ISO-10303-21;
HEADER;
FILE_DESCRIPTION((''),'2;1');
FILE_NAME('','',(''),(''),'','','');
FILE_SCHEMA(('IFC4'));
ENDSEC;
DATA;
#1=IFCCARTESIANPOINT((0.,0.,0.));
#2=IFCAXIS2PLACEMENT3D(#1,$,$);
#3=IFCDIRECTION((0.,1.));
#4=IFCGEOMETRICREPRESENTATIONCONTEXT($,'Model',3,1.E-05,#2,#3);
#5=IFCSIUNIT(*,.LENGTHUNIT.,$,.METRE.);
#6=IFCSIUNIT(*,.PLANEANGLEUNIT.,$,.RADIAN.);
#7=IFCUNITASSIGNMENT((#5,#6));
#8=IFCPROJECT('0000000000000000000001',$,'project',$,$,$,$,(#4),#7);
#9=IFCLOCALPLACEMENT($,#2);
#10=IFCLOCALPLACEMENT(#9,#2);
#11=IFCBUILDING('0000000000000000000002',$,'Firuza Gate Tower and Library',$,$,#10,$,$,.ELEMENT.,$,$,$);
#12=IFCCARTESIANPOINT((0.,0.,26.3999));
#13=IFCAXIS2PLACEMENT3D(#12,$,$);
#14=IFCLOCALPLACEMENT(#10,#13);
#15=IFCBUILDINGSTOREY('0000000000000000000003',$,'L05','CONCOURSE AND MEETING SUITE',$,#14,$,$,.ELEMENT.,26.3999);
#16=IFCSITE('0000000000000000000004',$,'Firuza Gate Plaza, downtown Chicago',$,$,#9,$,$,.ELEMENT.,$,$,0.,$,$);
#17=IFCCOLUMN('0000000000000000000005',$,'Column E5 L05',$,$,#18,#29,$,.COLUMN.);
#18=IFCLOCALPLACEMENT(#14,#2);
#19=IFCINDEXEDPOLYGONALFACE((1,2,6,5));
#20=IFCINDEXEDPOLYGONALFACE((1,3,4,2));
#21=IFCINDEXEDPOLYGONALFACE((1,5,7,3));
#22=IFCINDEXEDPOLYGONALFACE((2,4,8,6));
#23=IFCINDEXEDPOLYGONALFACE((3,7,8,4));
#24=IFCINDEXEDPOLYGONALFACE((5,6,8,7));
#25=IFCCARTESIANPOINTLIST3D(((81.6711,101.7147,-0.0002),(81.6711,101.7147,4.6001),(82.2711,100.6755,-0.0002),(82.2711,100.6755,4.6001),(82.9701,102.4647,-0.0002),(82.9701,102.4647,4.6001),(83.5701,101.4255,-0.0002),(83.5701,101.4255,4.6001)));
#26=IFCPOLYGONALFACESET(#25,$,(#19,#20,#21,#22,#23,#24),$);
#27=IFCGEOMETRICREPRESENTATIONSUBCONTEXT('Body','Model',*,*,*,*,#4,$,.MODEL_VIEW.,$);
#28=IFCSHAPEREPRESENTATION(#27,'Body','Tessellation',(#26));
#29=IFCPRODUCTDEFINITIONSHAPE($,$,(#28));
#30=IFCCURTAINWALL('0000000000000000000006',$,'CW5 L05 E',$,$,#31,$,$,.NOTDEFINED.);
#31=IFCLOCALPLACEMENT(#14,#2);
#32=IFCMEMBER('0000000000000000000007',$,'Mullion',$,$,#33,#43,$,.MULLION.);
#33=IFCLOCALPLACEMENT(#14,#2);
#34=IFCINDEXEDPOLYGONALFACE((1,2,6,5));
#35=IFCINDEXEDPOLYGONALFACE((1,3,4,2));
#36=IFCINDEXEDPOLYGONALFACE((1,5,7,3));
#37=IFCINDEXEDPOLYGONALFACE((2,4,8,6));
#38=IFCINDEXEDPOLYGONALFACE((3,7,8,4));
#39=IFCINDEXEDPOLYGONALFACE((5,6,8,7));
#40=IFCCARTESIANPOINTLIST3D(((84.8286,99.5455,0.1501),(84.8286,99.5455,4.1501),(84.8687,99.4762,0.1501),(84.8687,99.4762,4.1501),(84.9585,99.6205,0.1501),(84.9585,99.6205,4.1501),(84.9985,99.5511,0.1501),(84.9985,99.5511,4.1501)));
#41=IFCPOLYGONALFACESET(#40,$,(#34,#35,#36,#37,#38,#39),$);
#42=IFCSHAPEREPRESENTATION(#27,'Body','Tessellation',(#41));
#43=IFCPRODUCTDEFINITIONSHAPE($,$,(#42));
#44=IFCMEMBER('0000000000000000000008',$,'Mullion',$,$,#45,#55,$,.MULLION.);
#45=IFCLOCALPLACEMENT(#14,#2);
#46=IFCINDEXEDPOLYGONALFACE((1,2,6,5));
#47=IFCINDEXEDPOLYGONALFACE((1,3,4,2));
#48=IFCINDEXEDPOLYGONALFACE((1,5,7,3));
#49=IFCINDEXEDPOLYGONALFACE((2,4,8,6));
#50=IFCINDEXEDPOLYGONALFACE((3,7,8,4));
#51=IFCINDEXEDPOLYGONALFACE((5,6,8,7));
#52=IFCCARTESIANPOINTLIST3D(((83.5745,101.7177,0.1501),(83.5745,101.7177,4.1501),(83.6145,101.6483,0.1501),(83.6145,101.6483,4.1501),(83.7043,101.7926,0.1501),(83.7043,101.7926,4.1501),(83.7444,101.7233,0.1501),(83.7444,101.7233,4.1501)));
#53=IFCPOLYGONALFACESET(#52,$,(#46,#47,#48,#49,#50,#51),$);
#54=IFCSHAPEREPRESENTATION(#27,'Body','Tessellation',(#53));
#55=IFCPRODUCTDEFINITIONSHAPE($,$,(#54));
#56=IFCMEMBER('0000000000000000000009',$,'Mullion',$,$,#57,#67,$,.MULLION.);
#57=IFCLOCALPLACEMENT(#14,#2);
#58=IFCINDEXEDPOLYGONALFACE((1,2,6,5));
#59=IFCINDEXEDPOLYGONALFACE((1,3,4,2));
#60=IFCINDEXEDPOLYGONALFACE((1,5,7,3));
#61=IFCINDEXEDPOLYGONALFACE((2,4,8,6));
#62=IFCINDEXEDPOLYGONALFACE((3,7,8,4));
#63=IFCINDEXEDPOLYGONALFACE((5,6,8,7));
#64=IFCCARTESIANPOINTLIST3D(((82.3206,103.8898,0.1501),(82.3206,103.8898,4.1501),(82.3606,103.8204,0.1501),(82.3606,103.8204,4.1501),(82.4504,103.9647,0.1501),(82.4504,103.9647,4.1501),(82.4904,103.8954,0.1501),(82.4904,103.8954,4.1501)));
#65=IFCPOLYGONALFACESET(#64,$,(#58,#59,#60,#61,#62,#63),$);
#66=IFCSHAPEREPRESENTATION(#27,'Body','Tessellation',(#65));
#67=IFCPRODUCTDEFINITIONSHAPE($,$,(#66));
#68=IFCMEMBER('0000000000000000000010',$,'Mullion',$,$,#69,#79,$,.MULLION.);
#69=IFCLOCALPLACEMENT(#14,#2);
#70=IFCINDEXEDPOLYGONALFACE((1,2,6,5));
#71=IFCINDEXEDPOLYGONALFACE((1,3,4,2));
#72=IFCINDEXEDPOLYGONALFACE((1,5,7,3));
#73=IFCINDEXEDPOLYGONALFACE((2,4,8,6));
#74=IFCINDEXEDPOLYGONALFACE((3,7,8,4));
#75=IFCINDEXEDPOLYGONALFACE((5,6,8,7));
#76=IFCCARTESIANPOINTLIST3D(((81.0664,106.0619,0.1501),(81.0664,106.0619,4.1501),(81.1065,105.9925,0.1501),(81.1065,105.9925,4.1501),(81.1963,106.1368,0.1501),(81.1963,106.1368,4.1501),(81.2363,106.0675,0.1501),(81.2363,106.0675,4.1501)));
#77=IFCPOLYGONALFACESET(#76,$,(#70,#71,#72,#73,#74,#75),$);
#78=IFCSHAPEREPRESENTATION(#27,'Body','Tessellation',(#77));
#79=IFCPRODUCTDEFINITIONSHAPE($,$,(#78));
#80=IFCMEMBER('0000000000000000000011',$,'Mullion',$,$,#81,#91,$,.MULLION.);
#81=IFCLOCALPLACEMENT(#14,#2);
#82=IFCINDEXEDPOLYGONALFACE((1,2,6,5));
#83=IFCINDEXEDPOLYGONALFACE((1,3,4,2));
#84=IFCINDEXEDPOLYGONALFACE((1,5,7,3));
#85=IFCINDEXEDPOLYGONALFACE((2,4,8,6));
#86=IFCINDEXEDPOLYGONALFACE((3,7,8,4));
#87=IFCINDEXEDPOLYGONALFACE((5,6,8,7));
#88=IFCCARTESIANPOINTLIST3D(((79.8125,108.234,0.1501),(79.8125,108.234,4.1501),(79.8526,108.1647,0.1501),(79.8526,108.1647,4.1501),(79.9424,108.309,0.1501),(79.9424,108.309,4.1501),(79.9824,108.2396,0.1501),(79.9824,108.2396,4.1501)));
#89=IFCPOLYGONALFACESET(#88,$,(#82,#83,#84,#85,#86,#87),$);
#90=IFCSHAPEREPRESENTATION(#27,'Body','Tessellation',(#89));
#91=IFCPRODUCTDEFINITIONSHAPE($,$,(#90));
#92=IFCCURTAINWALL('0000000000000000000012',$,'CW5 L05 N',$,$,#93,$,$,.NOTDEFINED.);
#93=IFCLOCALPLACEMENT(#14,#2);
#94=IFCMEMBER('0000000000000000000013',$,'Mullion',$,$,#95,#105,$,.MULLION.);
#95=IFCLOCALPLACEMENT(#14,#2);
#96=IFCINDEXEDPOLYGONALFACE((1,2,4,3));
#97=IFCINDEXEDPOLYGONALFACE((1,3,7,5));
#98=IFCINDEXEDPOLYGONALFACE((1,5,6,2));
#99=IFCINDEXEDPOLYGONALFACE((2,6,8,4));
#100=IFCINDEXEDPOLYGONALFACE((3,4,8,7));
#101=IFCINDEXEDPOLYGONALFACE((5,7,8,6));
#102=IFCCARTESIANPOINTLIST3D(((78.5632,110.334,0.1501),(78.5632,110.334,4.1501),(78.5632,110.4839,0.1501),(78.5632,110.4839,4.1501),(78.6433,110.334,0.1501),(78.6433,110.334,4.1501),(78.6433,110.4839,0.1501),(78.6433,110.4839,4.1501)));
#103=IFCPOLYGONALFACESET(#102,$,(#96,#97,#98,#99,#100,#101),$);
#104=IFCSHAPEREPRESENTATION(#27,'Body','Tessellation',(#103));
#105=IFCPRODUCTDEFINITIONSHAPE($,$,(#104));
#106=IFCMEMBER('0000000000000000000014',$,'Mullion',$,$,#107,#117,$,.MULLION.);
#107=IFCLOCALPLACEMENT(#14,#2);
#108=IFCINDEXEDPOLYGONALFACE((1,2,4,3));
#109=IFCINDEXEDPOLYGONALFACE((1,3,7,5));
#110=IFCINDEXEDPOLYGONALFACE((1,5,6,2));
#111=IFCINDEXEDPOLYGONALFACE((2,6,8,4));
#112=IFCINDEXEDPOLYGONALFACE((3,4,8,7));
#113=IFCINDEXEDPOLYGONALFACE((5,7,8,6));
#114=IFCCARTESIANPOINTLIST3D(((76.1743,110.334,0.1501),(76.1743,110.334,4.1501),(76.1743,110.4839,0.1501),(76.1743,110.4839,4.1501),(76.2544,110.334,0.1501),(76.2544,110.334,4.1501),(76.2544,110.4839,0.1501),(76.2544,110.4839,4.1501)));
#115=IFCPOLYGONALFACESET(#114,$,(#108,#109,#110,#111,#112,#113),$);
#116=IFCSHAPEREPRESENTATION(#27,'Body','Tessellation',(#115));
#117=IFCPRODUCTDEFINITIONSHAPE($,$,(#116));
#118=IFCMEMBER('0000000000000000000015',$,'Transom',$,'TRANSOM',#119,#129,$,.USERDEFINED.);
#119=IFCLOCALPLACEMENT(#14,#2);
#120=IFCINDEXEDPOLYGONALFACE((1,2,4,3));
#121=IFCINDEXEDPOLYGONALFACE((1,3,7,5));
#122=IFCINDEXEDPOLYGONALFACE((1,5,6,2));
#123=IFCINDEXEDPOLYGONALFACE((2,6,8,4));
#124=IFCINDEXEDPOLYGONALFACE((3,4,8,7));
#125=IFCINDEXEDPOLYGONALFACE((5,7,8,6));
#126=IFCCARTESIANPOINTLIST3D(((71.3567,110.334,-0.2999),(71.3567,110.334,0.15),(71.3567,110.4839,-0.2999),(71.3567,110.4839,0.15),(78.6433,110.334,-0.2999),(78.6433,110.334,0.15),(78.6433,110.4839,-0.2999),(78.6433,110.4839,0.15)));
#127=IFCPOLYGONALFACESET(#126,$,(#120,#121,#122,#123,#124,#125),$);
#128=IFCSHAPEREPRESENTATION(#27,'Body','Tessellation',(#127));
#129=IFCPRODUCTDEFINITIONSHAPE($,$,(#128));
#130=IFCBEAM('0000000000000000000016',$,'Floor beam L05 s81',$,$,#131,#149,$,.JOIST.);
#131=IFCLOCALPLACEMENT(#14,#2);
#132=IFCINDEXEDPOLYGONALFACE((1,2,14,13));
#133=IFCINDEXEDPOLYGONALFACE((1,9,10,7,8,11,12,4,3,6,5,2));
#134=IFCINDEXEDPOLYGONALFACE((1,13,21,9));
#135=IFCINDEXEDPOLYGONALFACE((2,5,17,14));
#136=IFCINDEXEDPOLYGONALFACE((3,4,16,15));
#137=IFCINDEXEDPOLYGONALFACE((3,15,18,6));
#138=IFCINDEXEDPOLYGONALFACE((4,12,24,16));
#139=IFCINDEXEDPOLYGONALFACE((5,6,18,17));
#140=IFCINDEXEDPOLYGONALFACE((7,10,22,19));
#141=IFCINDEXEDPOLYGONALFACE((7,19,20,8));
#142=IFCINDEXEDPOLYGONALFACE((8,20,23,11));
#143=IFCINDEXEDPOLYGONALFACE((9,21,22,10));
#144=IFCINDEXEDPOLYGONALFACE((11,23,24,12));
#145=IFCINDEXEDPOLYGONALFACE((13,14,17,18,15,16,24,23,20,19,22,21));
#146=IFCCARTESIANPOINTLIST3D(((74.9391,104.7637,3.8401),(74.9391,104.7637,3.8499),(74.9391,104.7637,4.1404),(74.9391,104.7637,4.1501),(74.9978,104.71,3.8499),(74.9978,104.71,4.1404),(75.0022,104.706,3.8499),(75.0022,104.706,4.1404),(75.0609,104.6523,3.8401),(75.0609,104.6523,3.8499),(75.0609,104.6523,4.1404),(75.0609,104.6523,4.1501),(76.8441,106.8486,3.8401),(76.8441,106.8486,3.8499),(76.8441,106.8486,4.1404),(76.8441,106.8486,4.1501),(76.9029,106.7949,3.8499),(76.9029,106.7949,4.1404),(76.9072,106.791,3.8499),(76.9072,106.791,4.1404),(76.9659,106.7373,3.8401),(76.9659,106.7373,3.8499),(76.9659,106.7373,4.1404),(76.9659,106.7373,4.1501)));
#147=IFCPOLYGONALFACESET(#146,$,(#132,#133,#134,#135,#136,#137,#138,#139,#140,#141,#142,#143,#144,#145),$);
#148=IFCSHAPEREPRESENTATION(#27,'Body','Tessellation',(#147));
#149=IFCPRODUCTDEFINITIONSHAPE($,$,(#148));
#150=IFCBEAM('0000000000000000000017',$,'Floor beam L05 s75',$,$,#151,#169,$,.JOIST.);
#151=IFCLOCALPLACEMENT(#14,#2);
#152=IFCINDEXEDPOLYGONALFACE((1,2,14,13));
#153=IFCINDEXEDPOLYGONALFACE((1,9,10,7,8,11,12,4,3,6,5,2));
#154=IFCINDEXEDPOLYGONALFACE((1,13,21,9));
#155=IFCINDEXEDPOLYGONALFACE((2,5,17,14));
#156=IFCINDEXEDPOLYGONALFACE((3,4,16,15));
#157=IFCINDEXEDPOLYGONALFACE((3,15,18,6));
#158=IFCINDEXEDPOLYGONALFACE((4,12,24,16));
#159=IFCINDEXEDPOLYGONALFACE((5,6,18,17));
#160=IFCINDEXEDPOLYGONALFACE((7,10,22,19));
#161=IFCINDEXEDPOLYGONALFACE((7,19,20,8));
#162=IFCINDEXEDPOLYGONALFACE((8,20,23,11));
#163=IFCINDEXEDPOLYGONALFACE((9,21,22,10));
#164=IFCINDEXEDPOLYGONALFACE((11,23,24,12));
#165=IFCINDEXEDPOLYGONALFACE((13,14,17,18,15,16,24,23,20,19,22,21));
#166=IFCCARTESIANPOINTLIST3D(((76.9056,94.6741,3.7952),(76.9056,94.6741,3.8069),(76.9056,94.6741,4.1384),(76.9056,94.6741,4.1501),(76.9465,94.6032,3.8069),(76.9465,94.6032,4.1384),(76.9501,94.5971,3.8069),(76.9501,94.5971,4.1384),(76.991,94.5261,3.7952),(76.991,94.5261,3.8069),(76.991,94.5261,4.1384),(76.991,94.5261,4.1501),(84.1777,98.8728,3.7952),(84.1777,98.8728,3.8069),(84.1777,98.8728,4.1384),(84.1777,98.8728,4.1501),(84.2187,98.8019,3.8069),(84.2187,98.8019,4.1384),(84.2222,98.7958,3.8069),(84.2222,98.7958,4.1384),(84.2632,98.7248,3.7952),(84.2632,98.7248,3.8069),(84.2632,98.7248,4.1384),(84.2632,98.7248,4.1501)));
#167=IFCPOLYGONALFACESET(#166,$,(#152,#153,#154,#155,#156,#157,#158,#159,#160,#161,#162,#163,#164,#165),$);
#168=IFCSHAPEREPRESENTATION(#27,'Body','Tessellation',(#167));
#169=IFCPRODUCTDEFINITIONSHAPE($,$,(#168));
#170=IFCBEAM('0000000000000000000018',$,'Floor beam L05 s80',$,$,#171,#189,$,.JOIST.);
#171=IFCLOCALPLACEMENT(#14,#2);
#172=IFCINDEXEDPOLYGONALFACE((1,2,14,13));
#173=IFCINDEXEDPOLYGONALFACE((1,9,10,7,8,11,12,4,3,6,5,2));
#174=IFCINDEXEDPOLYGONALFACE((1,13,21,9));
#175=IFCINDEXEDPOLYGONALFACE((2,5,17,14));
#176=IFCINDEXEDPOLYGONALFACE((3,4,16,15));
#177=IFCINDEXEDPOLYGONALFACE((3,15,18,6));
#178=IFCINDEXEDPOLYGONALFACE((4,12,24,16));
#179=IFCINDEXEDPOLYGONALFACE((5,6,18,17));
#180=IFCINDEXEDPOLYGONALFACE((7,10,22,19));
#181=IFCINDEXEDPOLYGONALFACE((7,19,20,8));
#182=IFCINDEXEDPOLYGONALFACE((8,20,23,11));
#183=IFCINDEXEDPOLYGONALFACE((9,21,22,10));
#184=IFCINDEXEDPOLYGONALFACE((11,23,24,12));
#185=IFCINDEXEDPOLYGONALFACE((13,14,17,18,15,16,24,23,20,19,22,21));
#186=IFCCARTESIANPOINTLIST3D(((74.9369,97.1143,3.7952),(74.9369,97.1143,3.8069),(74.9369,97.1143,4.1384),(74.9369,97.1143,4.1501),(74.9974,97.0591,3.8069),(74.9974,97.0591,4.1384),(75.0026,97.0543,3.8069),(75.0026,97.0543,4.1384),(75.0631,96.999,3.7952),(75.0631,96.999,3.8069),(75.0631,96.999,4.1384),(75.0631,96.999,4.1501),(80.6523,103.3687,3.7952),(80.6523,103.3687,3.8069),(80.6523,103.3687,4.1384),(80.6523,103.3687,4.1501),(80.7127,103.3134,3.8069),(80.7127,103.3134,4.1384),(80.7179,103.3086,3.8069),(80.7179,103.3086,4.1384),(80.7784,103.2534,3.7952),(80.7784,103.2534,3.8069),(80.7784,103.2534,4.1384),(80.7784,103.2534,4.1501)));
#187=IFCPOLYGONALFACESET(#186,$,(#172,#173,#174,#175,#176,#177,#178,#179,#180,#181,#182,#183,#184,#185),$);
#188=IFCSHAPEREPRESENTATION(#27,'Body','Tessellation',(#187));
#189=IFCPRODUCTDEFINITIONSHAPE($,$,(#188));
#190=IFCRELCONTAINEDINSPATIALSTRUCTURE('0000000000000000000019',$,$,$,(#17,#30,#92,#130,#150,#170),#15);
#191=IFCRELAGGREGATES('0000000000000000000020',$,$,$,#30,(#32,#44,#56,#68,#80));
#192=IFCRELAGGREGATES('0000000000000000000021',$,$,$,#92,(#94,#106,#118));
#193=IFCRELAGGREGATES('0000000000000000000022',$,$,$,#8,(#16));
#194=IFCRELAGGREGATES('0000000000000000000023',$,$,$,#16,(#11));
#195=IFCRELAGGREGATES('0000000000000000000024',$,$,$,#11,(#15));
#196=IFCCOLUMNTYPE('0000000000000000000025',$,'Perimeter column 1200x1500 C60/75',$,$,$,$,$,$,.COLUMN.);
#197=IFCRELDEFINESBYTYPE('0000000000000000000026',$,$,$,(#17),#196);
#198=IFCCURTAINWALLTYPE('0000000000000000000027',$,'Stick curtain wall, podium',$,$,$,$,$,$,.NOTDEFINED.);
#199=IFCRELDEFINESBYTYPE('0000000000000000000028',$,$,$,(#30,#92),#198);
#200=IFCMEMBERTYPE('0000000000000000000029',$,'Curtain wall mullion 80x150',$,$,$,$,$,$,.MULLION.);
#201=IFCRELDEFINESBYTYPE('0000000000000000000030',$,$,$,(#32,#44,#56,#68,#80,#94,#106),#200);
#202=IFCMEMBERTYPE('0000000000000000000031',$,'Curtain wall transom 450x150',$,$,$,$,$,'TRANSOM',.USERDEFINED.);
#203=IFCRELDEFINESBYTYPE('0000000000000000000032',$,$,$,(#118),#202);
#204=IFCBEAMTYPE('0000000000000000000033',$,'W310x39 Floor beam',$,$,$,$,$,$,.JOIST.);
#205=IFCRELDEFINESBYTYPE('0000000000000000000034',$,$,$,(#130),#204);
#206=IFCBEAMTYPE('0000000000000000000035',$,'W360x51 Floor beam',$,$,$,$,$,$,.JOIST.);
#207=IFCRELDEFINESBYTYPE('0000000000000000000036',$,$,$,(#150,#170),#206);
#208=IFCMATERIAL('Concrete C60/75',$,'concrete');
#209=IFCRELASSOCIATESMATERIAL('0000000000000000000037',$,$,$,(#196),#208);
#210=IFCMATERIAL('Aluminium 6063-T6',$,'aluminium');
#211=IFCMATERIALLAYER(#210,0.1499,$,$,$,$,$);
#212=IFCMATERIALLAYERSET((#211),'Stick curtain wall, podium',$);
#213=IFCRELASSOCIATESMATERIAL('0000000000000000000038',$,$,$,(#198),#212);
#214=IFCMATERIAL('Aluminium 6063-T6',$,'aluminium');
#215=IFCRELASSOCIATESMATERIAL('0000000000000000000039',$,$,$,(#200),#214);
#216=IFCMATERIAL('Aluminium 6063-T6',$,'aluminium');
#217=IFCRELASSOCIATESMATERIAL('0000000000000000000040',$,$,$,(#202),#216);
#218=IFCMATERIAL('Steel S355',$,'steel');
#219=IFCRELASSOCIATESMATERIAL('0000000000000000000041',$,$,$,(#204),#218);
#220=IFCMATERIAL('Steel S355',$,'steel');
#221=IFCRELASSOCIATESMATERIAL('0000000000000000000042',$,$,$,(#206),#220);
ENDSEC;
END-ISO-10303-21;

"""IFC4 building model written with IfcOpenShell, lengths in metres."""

from ifc_helpers import new_model, si_unit, direction, frame, origin, origin_2d, place, context, subcontext, project, spatial, rectangle, i_section, extrude, material, layer, layer_set, material_profile, profile_set, type_object, element, aggregate, save


model = new_model("IFC4")

# Units and contexts
model_context = context("Model", 3, precision=1e-05, world=origin(), true_north=direction((0.0, 1.0)))
body_context = subcontext(model_context, "Body", "Model", "MODEL_VIEW")
ifc_project = project(units=[si_unit("LENGTHUNIT", "METRE"), si_unit("PLANEANGLEUNIT", "RADIAN")], contexts=[model_context])

# Site, building, storey
site_placement = place(None, origin())
site = spatial("IfcSite", under=ifc_project, at=site_placement, Name="Firuza Gate Plaza, downtown Chicago", CompositionType="ELEMENT", RefElevation=0.0)
building_placement = place(site_placement, origin())
building = spatial("IfcBuilding", under=site, at=building_placement, Name="Firuza Gate Tower and Library", CompositionType="ELEMENT")
storey_placement = place(building_placement, frame((0.0, 0.0, 26.3999)))
storey = spatial("IfcBuildingStorey", under=building, at=storey_placement, Name="L05", Description="CONCOURSE AND MEETING SUITE", CompositionType="ELEMENT", Elevation=26.3999)

# Column
ifc_material_1 = material(Name="Concrete C60/75", Category="concrete")
ifc_material_profile_1 = material_profile(ifc_material_1, rectangle(XDim=1.2, YDim=1.5, at=origin_2d()))
ifc_profile_set_1 = profile_set([ifc_material_profile_1], Name="Concrete C60/75")
column_type = type_object("IfcColumnType", Name="Perimeter column 1200x1500 C60/75", PredefinedType="COLUMN", material=ifc_profile_set_1)
column_placement = place(storey_placement, frame((82.6206, 101.5701, -0.0002), z_axis=(0.0, 0.0, 1.0), x_axis=(-0.5, 0.866025, 0.0)))
element("IfcColumn", 1, at=column_placement, inside=storey, type_object=column_type, Name="Column E5 L05", PredefinedType="COLUMN", context=body_context, shape_type="SweptSolid", body=[
    extrude(rectangle(XDim=1.2, YDim=1.5, at=origin_2d()), origin(), (0.0, 0.0, 1.0), 4.6003),
])

# Curtain walls, members
ifc_material_2 = material(Name="Aluminium 6063-T6", Category="aluminium")
ifc_layer_1 = layer(ifc_material_2, 0.1499)
ifc_layer_set_1 = layer_set([ifc_layer_1], Name="Stick curtain wall, podium")
curtain_wall_type = type_object("IfcCurtainWallType", Name="Stick curtain wall, podium", PredefinedType="NOTDEFINED", material=ifc_layer_set_1)
placement = place(storey_placement, origin())
curtain_wall_1 = element("IfcCurtainWall", 2, at=placement, inside=storey, type_object=curtain_wall_type, Name="CW5 L05 E", PredefinedType="NOTDEFINED")
ifc_material_3 = material(Name="Aluminium 6063-T6", Category="aluminium")
ifc_material_profile_2 = material_profile(ifc_material_3, rectangle(XDim=0.1499, YDim=0.0801, at=origin_2d()))
ifc_profile_set_2 = profile_set([ifc_material_profile_2], Name="Aluminium 6063-T6")
member_type_1 = type_object("IfcMemberType", Name="Curtain wall mullion 80x150", PredefinedType="MULLION", material=ifc_profile_set_2)
member_1_placement = place(storey_placement, frame((84.9136, 99.5483, 0.1501), z_axis=(0.0, 0.0, 1.0), x_axis=(-0.866025, -0.5, 0.0)))
member_1 = element("IfcMember", 3, at=member_1_placement, type_object=member_type_1, Name="Mullion", PredefinedType="MULLION", context=body_context, shape_type="SweptSolid", body=[
    extrude(rectangle(XDim=0.1499, YDim=0.0801, at=origin_2d()), origin(), (0.0, 0.0, 1.0), 4.0),
])
member_2_placement = place(storey_placement, frame((83.6594, 101.7205, 0.1501), z_axis=(0.0, 0.0, 1.0), x_axis=(-0.866025, -0.5, 0.0)))
member_2 = element("IfcMember", 4, at=member_2_placement, type_object=member_type_1, Name="Mullion", PredefinedType="MULLION", context=body_context, shape_type="SweptSolid", body=[
    extrude(rectangle(XDim=0.1499, YDim=0.0801, at=origin_2d()), origin(), (0.0, 0.0, 1.0), 4.0),
])
member_3_placement = place(storey_placement, frame((82.4055, 103.8926, 0.1501), z_axis=(0.0, 0.0, 1.0), x_axis=(-0.866025, -0.5, 0.0)))
member_3 = element("IfcMember", 5, at=member_3_placement, type_object=member_type_1, Name="Mullion", PredefinedType="MULLION", context=body_context, shape_type="SweptSolid", body=[
    extrude(rectangle(XDim=0.1499, YDim=0.0801, at=origin_2d()), origin(), (0.0, 0.0, 1.0), 4.0),
])
member_4_placement = place(storey_placement, frame((81.1514, 106.0647, 0.1501), z_axis=(0.0, 0.0, 1.0), x_axis=(-0.866025, -0.5, 0.0)))
member_4 = element("IfcMember", 6, at=member_4_placement, type_object=member_type_1, Name="Mullion", PredefinedType="MULLION", context=body_context, shape_type="SweptSolid", body=[
    extrude(rectangle(XDim=0.1499, YDim=0.0801, at=origin_2d()), origin(), (0.0, 0.0, 1.0), 4.0),
])
member_5_placement = place(storey_placement, frame((79.8975, 108.2368, 0.1501), z_axis=(0.0, 0.0, 1.0), x_axis=(-0.866025, -0.5, 0.0)))
member_5 = element("IfcMember", 7, at=member_5_placement, type_object=member_type_1, Name="Mullion", PredefinedType="MULLION", context=body_context, shape_type="SweptSolid", body=[
    extrude(rectangle(XDim=0.1499, YDim=0.0801, at=origin_2d()), origin(), (0.0, 0.0, 1.0), 4.0),
])
curtain_wall_2 = element("IfcCurtainWall", 8, at=placement, inside=storey, type_object=curtain_wall_type, Name="CW5 L05 N", PredefinedType="NOTDEFINED")
member_6_placement = place(storey_placement, frame((78.6033, 110.4089, 0.1501), z_axis=(0.0, 0.0, 1.0), x_axis=(0.0, -1.0, 0.0)))
member_6 = element("IfcMember", 9, at=member_6_placement, type_object=member_type_1, Name="Mullion", PredefinedType="MULLION", context=body_context, shape_type="SweptSolid", body=[
    extrude(rectangle(XDim=0.1499, YDim=0.0801, at=origin_2d()), origin(), (0.0, 0.0, 1.0), 4.0),
])
member_7_placement = place(storey_placement, frame((76.2144, 110.4089, 0.1501), z_axis=(0.0, 0.0, 1.0), x_axis=(0.0, -1.0, 0.0)))
member_7 = element("IfcMember", 10, at=member_7_placement, type_object=member_type_1, Name="Mullion", PredefinedType="MULLION", context=body_context, shape_type="SweptSolid", body=[
    extrude(rectangle(XDim=0.1499, YDim=0.0801, at=origin_2d()), origin(), (0.0, 0.0, 1.0), 4.0),
])
ifc_material_4 = material(Name="Aluminium 6063-T6", Category="aluminium")
ifc_material_profile_3 = material_profile(ifc_material_4, rectangle(XDim=0.1499, YDim=0.45, at=origin_2d()))
ifc_profile_set_3 = profile_set([ifc_material_profile_3], Name="Aluminium 6063-T6")
member_type_2 = type_object("IfcMemberType", Name="Curtain wall transom 450x150", ElementType="TRANSOM", PredefinedType="USERDEFINED", material=ifc_profile_set_3)
member_8_placement = place(storey_placement, frame((78.6433, 110.4089, -0.075), z_axis=(-1.0, 0.0, 0.0), x_axis=(0.0, -1.0, 0.0)))
member_8 = element("IfcMember", 11, at=member_8_placement, type_object=member_type_2, Name="Transom", ObjectType="TRANSOM", PredefinedType="USERDEFINED", context=body_context, shape_type="SweptSolid", body=[
    extrude(rectangle(XDim=0.1499, YDim=0.45, at=origin_2d()), origin(), (0.0, 0.0, 1.0), 7.2866),
])

# Beams
ifc_material_5 = material(Name="Steel S355", Category="steel")
ifc_material_profile_4 = material_profile(ifc_material_5, i_section(OverallWidth=0.165, OverallDepth=0.3101, WebThickness=0.0059, FlangeThickness=0.0098, at=origin_2d()))
ifc_profile_set_4 = profile_set([ifc_material_profile_4], Name="Steel S355")
beam_type_1 = type_object("IfcBeamType", Name="W310x39 Floor beam", PredefinedType="JOIST", material=ifc_profile_set_4)
beam_1_placement = place(storey_placement, frame((76.905, 106.793, 3.9951), z_axis=(-0.674534, -0.738244, 0.0), x_axis=(0.738244, -0.674534, 0.0)))
element("IfcBeam", 12, at=beam_1_placement, inside=storey, type_object=beam_type_1, Name="Floor beam L05 s81", PredefinedType="JOIST", context=body_context, shape_type="SweptSolid", body=[
    extrude(i_section(OverallWidth=0.165, OverallDepth=0.3101, WebThickness=0.0059, FlangeThickness=0.0098, at=origin_2d()), origin(), (0.0, 0.0, 1.0), 2.8242),
])
ifc_material_6 = material(Name="Steel S355", Category="steel")
ifc_material_profile_5 = material_profile(ifc_material_6, i_section(OverallWidth=0.1709, OverallDepth=0.355, WebThickness=0.0071, FlangeThickness=0.0117, at=origin_2d()))
ifc_profile_set_5 = profile_set([ifc_material_profile_5], Name="Steel S355")
beam_type_2 = type_object("IfcBeamType", Name="W360x51 Floor beam", PredefinedType="JOIST", material=ifc_profile_set_5)
beam_2_placement = place(storey_placement, frame((84.2205, 98.7988, 3.9727), z_axis=(-0.86602, -0.50001, 0.0), x_axis=(0.50001, -0.86602, 0.0)))
element("IfcBeam", 13, at=beam_2_placement, inside=storey, type_object=beam_type_2, Name="Floor beam L05 s75", PredefinedType="JOIST", context=body_context, shape_type="SweptSolid", body=[
    extrude(i_section(OverallWidth=0.1709, OverallDepth=0.355, WebThickness=0.0071, FlangeThickness=0.0117, at=origin_2d()), origin(), (0.0, 0.0, 1.0), 8.3972),
])
beam_3_placement = place(storey_placement, frame((80.7153, 103.311, 3.9727), z_axis=(-0.674578, -0.738203, 0.0), x_axis=(0.738203, -0.674578, 0.0)))
element("IfcBeam", 14, at=beam_3_placement, inside=storey, type_object=beam_type_2, Name="Floor beam L05 s80", PredefinedType="JOIST", context=body_context, shape_type="SweptSolid", body=[
    extrude(i_section(OverallWidth=0.1709, OverallDepth=0.355, WebThickness=0.0071, FlangeThickness=0.0117, at=origin_2d()), origin(), (0.0, 0.0, 1.0), 8.4724),
])

aggregate(curtain_wall_1, [member_1, member_2, member_3, member_4, member_5])
aggregate(curtain_wall_2, [member_6, member_7, member_8])

save(model, "model.ifc")
